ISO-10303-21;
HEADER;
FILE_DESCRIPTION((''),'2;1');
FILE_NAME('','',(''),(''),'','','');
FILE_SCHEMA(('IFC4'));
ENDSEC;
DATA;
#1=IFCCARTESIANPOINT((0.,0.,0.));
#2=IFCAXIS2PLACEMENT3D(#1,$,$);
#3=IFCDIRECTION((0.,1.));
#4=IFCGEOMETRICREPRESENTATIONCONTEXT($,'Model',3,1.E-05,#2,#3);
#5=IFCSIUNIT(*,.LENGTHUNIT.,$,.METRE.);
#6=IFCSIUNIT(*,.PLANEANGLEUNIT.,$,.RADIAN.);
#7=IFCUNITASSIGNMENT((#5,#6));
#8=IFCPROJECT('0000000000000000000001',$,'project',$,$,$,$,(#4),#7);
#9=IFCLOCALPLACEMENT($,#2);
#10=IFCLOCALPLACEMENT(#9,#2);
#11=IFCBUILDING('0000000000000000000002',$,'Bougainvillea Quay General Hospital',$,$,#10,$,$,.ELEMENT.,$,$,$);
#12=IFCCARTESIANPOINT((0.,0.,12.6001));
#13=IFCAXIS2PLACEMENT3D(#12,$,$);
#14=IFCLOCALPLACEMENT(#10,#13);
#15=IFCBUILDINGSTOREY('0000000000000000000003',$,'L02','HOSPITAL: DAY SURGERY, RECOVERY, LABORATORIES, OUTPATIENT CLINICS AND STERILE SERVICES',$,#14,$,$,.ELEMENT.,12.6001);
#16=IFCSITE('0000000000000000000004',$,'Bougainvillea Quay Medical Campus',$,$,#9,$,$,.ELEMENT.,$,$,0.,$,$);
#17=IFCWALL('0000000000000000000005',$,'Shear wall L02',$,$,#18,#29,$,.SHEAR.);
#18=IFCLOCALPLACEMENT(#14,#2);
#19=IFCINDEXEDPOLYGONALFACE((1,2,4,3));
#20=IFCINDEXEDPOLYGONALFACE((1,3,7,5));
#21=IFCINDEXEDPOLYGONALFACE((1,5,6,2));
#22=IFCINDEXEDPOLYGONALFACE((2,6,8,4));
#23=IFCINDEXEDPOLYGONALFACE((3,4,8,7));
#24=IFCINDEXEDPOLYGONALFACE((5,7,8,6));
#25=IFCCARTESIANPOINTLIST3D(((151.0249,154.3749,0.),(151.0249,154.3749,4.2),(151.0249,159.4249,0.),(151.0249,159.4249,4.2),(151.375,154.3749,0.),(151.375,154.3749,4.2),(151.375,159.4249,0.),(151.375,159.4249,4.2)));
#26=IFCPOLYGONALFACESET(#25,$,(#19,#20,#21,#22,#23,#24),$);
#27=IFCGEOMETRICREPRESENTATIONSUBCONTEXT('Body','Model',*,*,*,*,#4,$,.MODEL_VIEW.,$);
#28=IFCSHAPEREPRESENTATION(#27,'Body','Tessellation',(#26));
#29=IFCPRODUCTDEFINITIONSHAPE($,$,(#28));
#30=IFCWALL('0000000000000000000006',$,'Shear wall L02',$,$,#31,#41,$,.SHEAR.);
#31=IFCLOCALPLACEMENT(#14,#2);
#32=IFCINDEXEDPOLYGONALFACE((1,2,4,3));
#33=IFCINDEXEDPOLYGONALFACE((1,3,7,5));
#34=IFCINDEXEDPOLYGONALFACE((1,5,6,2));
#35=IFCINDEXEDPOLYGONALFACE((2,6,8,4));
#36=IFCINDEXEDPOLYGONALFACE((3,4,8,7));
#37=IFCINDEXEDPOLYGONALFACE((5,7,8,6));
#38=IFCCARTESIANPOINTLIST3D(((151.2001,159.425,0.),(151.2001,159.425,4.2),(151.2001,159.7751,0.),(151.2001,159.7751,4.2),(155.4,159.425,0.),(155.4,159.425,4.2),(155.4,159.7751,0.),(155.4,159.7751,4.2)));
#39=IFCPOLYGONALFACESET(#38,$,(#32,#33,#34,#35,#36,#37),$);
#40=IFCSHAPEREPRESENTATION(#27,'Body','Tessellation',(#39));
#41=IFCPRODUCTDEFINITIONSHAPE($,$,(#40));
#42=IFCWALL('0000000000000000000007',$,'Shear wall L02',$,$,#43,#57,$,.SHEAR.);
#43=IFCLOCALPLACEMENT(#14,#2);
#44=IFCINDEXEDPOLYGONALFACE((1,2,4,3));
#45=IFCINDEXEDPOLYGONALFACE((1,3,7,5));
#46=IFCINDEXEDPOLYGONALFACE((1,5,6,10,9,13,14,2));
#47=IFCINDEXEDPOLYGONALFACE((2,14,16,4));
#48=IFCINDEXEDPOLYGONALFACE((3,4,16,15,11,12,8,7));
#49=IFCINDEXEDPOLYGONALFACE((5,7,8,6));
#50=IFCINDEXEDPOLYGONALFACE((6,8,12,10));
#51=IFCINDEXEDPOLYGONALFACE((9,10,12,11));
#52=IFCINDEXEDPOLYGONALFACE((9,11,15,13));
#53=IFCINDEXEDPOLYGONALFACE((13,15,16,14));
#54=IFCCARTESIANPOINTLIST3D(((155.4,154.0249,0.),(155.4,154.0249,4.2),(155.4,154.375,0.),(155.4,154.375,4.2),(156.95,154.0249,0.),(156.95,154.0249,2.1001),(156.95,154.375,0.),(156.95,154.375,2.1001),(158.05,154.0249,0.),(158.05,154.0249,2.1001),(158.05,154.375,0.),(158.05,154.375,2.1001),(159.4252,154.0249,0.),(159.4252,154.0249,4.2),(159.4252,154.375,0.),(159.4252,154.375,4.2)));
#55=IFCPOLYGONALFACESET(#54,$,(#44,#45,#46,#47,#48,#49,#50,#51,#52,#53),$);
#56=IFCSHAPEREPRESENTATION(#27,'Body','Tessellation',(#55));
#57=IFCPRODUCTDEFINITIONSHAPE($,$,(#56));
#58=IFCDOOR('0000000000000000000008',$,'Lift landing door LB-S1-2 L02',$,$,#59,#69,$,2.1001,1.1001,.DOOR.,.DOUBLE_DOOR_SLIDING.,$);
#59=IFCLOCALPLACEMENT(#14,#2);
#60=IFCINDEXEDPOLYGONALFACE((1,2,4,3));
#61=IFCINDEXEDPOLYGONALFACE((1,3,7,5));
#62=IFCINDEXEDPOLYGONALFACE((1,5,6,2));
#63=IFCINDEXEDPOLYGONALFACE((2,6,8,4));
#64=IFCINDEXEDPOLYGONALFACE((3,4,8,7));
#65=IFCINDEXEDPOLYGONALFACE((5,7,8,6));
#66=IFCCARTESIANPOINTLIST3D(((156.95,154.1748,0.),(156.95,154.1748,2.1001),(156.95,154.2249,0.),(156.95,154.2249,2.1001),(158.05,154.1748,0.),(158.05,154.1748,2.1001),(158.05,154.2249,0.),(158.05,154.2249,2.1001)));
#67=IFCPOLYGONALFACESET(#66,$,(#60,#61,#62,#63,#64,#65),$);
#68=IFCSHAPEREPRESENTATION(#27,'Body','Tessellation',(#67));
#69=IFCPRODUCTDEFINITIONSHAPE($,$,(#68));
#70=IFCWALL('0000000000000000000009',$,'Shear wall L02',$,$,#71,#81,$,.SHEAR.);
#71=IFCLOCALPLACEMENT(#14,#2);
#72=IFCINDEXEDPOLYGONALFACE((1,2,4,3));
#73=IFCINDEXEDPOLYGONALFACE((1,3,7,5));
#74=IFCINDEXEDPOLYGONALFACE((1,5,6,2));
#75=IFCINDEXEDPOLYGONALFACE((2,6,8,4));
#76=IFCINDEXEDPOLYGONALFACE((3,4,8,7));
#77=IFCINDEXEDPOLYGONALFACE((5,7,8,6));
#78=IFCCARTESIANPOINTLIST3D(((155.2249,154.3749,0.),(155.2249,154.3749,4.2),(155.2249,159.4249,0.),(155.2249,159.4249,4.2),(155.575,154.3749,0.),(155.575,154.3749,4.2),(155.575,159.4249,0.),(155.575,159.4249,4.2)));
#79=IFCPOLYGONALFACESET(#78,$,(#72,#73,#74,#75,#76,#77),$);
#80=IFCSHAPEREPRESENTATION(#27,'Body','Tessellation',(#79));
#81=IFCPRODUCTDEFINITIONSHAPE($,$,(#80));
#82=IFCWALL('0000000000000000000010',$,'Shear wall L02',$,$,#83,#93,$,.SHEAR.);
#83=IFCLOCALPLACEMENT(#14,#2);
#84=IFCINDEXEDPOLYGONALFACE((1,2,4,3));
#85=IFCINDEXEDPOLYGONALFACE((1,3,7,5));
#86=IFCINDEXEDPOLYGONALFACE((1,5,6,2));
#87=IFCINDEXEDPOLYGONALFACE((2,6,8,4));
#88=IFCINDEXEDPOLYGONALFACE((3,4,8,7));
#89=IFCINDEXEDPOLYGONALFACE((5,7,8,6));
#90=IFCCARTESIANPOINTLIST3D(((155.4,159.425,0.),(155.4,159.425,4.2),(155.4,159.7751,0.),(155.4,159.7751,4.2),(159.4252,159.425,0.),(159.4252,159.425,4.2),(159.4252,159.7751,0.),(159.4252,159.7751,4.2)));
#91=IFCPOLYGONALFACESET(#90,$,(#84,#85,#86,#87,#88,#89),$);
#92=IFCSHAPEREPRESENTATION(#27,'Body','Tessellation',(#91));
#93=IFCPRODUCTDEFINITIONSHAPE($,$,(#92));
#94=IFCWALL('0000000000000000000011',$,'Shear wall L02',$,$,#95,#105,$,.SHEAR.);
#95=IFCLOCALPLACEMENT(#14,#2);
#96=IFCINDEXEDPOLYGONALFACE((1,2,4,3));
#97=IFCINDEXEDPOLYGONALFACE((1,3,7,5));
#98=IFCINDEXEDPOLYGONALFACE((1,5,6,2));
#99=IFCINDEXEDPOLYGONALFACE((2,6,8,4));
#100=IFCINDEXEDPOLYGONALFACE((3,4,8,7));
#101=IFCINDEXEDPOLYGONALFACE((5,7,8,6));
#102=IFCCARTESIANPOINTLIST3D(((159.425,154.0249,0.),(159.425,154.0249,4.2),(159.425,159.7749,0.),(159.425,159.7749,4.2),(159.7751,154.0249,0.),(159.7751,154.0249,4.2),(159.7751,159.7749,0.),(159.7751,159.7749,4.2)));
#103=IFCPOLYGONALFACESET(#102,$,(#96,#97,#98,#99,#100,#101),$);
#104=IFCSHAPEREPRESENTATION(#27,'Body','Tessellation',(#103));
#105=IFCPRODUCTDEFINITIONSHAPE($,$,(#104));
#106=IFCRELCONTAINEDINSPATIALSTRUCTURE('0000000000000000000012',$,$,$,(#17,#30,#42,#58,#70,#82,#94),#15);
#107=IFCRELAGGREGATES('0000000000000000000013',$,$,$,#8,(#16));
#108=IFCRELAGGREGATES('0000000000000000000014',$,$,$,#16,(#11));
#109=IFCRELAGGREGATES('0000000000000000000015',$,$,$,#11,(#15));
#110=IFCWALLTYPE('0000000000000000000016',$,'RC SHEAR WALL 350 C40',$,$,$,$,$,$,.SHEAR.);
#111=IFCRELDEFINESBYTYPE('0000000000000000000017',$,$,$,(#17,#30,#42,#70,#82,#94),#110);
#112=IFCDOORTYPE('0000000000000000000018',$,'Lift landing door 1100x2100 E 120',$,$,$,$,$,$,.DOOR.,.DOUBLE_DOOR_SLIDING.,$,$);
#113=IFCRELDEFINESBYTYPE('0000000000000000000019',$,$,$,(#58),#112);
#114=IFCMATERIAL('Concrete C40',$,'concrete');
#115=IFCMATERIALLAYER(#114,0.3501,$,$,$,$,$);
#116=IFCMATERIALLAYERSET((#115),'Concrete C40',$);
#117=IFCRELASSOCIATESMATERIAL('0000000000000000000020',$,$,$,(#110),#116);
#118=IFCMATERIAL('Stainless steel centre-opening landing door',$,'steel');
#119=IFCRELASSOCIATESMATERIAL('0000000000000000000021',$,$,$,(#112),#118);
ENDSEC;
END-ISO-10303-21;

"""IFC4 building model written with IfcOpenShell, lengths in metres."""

from ifc_helpers import new_model, si_unit, direction, frame, frame_2d, origin, place, context, subcontext, project, spatial, rectangle, extrude, material, layer, layer_set, type_object, element, fill, save


model = new_model("IFC4")

# Units and contexts
model_context = context("Model", 3, precision=1e-05, world=origin(), true_north=direction((0.0, 1.0)))
body_context = subcontext(model_context, "Body", "Model", "MODEL_VIEW")
ifc_project = project(units=[si_unit("LENGTHUNIT", "METRE"), si_unit("PLANEANGLEUNIT", "RADIAN")], contexts=[model_context])

# Site, building, storey
site_placement = place(None, origin())
site = spatial("IfcSite", under=ifc_project, at=site_placement, Name="Bougainvillea Quay Medical Campus", CompositionType="ELEMENT", RefElevation=0.0)
building_placement = place(site_placement, origin())
building = spatial("IfcBuilding", under=site, at=building_placement, Name="Bougainvillea Quay General Hospital", CompositionType="ELEMENT")
storey_placement = place(building_placement, frame((0.0, 0.0, 12.6001)))
storey = spatial("IfcBuildingStorey", under=building, at=storey_placement, Name="L02", Description="HOSPITAL: DAY SURGERY, RECOVERY, LABORATORIES, OUTPATIENT CLINICS AND STERILE SERVICES", CompositionType="ELEMENT", Elevation=12.6001)

# Shared definitions
ifc_material_1 = material(Name="Concrete C40", Category="concrete")

# Shared definitions
ifc_layer_1 = layer(ifc_material_1, 0.3501)
ifc_layer_set_1 = layer_set([ifc_layer_1], Name="Concrete C40")
wall_type_1 = type_object("IfcWallType", Name="RC SHEAR WALL 350 C40", PredefinedType="SHEAR", material=ifc_layer_set_1)
ifc_material_2 = material(Name="Stainless steel centre-opening landing door", Category="steel")
door_type_1 = type_object("IfcDoorType", Name="Lift landing door 1100x2100 E 120", OperationType="DOUBLE_DOOR_SLIDING", PredefinedType="DOOR", material=ifc_material_2)

# Walls
wall_1_placement = place(storey_placement, frame((151.2, 154.375, 0.0), z_axis=(0.0, 0.0, 1.0), x_axis=(0.0, 1.0, 0.0)))
element("IfcWall", 1, at=wall_1_placement, inside=storey, type_object=wall_type_1, Name="Shear wall L02", PredefinedType="SHEAR", context=body_context, shape_type="SweptSolid", body=[
    extrude(rectangle(XDim=5.05, YDim=0.3501, at=frame_2d((2.5249, 0.0))), origin(), (0.0, 0.0, 1.0), 4.2),
])
wall_2_placement = place(storey_placement, frame((151.2, 159.6001, 0.0), z_axis=(0.0, 0.0, 1.0), x_axis=(1.0, 0.0, 0.0)))
element("IfcWall", 2, at=wall_2_placement, inside=storey, type_object=wall_type_1, Name="Shear wall L02", PredefinedType="SHEAR", context=body_context, shape_type="SweptSolid", body=[
    extrude(rectangle(XDim=4.2, YDim=0.3501, at=frame_2d((2.1001, 0.0))), origin(), (0.0, 0.0, 1.0), 4.2),
])

# Wall, opening, door
wall_3_placement = place(storey_placement, frame((155.3999, 154.2, 0.0), z_axis=(0.0, 0.0, 1.0), x_axis=(1.0, 0.0, 0.0)))
wall_3 = element("IfcWall", 3, at=wall_3_placement, inside=storey, type_object=wall_type_1, Name="Shear wall L02", PredefinedType="SHEAR", context=body_context, shape_type="SweptSolid", body=[
    extrude(rectangle(XDim=4.0251, YDim=0.3501, at=frame_2d((2.0127, 0.0))), origin(), (0.0, 0.0, 1.0), 4.2),
])
opening_1_placement = place(wall_3_placement, frame((1.55, 0.0, 0.0)))
opening_1 = element("IfcOpeningElement", 4, at=opening_1_placement, cuts=wall_3, PredefinedType="OPENING", context=body_context, shape_type="SweptSolid", body=[
    extrude(rectangle(XDim=1.1001, YDim=2.1001, at=frame_2d((0.55, 1.05))), frame((0.0, 0.1851, 0.0), z_axis=(0.0, -1.0, 0.0), x_axis=(1.0, 0.0, 0.0)), (0.0, 0.0, 1.0), 0.3701),
])
door_1_placement = place(opening_1_placement, origin())
door_1 = element("IfcDoor", 5, at=door_1_placement, inside=storey, type_object=door_type_1, Name="Lift landing door LB-S1-2 L02", OperationType="DOUBLE_DOOR_SLIDING", OverallHeight=2.1001, OverallWidth=1.1001, PredefinedType="DOOR", context=body_context, shape_type="SweptSolid", body=[
    extrude(rectangle(XDim=1.1001, YDim=2.1001, at=frame_2d((0.55, 1.05))), frame((0.0, 0.0249, 0.0), z_axis=(0.0, -1.0, 0.0), x_axis=(1.0, 0.0, 0.0)), (0.0, 0.0, 1.0), 0.05),
])
fill(opening_1, door_1)

# Walls
wall_4_placement = place(storey_placement, frame((155.3999, 154.375, 0.0), z_axis=(0.0, 0.0, 1.0), x_axis=(0.0, 1.0, 0.0)))
element("IfcWall", 6, at=wall_4_placement, inside=storey, type_object=wall_type_1, Name="Shear wall L02", PredefinedType="SHEAR", context=body_context, shape_type="SweptSolid", body=[
    extrude(rectangle(XDim=5.05, YDim=0.3501, at=frame_2d((2.5249, 0.0))), origin(), (0.0, 0.0, 1.0), 4.2),
])
wall_5_placement = place(storey_placement, frame((155.3999, 159.6001, 0.0), z_axis=(0.0, 0.0, 1.0), x_axis=(1.0, 0.0, 0.0)))
element("IfcWall", 7, at=wall_5_placement, inside=storey, type_object=wall_type_1, Name="Shear wall L02", PredefinedType="SHEAR", context=body_context, shape_type="SweptSolid", body=[
    extrude(rectangle(XDim=4.0251, YDim=0.3501, at=frame_2d((2.0127, 0.0))), origin(), (0.0, 0.0, 1.0), 4.2),
])
wall_6_placement = place(storey_placement, frame((159.6001, 154.0249, 0.0), z_axis=(0.0, 0.0, 1.0), x_axis=(0.0, 1.0, 0.0)))
element("IfcWall", 8, at=wall_6_placement, inside=storey, type_object=wall_type_1, Name="Shear wall L02", PredefinedType="SHEAR", context=body_context, shape_type="SweptSolid", body=[
    extrude(rectangle(XDim=5.75, YDim=0.3501, at=frame_2d((2.875, 0.0))), origin(), (0.0, 0.0, 1.0), 4.2),
])

save(model, "model.ifc")
